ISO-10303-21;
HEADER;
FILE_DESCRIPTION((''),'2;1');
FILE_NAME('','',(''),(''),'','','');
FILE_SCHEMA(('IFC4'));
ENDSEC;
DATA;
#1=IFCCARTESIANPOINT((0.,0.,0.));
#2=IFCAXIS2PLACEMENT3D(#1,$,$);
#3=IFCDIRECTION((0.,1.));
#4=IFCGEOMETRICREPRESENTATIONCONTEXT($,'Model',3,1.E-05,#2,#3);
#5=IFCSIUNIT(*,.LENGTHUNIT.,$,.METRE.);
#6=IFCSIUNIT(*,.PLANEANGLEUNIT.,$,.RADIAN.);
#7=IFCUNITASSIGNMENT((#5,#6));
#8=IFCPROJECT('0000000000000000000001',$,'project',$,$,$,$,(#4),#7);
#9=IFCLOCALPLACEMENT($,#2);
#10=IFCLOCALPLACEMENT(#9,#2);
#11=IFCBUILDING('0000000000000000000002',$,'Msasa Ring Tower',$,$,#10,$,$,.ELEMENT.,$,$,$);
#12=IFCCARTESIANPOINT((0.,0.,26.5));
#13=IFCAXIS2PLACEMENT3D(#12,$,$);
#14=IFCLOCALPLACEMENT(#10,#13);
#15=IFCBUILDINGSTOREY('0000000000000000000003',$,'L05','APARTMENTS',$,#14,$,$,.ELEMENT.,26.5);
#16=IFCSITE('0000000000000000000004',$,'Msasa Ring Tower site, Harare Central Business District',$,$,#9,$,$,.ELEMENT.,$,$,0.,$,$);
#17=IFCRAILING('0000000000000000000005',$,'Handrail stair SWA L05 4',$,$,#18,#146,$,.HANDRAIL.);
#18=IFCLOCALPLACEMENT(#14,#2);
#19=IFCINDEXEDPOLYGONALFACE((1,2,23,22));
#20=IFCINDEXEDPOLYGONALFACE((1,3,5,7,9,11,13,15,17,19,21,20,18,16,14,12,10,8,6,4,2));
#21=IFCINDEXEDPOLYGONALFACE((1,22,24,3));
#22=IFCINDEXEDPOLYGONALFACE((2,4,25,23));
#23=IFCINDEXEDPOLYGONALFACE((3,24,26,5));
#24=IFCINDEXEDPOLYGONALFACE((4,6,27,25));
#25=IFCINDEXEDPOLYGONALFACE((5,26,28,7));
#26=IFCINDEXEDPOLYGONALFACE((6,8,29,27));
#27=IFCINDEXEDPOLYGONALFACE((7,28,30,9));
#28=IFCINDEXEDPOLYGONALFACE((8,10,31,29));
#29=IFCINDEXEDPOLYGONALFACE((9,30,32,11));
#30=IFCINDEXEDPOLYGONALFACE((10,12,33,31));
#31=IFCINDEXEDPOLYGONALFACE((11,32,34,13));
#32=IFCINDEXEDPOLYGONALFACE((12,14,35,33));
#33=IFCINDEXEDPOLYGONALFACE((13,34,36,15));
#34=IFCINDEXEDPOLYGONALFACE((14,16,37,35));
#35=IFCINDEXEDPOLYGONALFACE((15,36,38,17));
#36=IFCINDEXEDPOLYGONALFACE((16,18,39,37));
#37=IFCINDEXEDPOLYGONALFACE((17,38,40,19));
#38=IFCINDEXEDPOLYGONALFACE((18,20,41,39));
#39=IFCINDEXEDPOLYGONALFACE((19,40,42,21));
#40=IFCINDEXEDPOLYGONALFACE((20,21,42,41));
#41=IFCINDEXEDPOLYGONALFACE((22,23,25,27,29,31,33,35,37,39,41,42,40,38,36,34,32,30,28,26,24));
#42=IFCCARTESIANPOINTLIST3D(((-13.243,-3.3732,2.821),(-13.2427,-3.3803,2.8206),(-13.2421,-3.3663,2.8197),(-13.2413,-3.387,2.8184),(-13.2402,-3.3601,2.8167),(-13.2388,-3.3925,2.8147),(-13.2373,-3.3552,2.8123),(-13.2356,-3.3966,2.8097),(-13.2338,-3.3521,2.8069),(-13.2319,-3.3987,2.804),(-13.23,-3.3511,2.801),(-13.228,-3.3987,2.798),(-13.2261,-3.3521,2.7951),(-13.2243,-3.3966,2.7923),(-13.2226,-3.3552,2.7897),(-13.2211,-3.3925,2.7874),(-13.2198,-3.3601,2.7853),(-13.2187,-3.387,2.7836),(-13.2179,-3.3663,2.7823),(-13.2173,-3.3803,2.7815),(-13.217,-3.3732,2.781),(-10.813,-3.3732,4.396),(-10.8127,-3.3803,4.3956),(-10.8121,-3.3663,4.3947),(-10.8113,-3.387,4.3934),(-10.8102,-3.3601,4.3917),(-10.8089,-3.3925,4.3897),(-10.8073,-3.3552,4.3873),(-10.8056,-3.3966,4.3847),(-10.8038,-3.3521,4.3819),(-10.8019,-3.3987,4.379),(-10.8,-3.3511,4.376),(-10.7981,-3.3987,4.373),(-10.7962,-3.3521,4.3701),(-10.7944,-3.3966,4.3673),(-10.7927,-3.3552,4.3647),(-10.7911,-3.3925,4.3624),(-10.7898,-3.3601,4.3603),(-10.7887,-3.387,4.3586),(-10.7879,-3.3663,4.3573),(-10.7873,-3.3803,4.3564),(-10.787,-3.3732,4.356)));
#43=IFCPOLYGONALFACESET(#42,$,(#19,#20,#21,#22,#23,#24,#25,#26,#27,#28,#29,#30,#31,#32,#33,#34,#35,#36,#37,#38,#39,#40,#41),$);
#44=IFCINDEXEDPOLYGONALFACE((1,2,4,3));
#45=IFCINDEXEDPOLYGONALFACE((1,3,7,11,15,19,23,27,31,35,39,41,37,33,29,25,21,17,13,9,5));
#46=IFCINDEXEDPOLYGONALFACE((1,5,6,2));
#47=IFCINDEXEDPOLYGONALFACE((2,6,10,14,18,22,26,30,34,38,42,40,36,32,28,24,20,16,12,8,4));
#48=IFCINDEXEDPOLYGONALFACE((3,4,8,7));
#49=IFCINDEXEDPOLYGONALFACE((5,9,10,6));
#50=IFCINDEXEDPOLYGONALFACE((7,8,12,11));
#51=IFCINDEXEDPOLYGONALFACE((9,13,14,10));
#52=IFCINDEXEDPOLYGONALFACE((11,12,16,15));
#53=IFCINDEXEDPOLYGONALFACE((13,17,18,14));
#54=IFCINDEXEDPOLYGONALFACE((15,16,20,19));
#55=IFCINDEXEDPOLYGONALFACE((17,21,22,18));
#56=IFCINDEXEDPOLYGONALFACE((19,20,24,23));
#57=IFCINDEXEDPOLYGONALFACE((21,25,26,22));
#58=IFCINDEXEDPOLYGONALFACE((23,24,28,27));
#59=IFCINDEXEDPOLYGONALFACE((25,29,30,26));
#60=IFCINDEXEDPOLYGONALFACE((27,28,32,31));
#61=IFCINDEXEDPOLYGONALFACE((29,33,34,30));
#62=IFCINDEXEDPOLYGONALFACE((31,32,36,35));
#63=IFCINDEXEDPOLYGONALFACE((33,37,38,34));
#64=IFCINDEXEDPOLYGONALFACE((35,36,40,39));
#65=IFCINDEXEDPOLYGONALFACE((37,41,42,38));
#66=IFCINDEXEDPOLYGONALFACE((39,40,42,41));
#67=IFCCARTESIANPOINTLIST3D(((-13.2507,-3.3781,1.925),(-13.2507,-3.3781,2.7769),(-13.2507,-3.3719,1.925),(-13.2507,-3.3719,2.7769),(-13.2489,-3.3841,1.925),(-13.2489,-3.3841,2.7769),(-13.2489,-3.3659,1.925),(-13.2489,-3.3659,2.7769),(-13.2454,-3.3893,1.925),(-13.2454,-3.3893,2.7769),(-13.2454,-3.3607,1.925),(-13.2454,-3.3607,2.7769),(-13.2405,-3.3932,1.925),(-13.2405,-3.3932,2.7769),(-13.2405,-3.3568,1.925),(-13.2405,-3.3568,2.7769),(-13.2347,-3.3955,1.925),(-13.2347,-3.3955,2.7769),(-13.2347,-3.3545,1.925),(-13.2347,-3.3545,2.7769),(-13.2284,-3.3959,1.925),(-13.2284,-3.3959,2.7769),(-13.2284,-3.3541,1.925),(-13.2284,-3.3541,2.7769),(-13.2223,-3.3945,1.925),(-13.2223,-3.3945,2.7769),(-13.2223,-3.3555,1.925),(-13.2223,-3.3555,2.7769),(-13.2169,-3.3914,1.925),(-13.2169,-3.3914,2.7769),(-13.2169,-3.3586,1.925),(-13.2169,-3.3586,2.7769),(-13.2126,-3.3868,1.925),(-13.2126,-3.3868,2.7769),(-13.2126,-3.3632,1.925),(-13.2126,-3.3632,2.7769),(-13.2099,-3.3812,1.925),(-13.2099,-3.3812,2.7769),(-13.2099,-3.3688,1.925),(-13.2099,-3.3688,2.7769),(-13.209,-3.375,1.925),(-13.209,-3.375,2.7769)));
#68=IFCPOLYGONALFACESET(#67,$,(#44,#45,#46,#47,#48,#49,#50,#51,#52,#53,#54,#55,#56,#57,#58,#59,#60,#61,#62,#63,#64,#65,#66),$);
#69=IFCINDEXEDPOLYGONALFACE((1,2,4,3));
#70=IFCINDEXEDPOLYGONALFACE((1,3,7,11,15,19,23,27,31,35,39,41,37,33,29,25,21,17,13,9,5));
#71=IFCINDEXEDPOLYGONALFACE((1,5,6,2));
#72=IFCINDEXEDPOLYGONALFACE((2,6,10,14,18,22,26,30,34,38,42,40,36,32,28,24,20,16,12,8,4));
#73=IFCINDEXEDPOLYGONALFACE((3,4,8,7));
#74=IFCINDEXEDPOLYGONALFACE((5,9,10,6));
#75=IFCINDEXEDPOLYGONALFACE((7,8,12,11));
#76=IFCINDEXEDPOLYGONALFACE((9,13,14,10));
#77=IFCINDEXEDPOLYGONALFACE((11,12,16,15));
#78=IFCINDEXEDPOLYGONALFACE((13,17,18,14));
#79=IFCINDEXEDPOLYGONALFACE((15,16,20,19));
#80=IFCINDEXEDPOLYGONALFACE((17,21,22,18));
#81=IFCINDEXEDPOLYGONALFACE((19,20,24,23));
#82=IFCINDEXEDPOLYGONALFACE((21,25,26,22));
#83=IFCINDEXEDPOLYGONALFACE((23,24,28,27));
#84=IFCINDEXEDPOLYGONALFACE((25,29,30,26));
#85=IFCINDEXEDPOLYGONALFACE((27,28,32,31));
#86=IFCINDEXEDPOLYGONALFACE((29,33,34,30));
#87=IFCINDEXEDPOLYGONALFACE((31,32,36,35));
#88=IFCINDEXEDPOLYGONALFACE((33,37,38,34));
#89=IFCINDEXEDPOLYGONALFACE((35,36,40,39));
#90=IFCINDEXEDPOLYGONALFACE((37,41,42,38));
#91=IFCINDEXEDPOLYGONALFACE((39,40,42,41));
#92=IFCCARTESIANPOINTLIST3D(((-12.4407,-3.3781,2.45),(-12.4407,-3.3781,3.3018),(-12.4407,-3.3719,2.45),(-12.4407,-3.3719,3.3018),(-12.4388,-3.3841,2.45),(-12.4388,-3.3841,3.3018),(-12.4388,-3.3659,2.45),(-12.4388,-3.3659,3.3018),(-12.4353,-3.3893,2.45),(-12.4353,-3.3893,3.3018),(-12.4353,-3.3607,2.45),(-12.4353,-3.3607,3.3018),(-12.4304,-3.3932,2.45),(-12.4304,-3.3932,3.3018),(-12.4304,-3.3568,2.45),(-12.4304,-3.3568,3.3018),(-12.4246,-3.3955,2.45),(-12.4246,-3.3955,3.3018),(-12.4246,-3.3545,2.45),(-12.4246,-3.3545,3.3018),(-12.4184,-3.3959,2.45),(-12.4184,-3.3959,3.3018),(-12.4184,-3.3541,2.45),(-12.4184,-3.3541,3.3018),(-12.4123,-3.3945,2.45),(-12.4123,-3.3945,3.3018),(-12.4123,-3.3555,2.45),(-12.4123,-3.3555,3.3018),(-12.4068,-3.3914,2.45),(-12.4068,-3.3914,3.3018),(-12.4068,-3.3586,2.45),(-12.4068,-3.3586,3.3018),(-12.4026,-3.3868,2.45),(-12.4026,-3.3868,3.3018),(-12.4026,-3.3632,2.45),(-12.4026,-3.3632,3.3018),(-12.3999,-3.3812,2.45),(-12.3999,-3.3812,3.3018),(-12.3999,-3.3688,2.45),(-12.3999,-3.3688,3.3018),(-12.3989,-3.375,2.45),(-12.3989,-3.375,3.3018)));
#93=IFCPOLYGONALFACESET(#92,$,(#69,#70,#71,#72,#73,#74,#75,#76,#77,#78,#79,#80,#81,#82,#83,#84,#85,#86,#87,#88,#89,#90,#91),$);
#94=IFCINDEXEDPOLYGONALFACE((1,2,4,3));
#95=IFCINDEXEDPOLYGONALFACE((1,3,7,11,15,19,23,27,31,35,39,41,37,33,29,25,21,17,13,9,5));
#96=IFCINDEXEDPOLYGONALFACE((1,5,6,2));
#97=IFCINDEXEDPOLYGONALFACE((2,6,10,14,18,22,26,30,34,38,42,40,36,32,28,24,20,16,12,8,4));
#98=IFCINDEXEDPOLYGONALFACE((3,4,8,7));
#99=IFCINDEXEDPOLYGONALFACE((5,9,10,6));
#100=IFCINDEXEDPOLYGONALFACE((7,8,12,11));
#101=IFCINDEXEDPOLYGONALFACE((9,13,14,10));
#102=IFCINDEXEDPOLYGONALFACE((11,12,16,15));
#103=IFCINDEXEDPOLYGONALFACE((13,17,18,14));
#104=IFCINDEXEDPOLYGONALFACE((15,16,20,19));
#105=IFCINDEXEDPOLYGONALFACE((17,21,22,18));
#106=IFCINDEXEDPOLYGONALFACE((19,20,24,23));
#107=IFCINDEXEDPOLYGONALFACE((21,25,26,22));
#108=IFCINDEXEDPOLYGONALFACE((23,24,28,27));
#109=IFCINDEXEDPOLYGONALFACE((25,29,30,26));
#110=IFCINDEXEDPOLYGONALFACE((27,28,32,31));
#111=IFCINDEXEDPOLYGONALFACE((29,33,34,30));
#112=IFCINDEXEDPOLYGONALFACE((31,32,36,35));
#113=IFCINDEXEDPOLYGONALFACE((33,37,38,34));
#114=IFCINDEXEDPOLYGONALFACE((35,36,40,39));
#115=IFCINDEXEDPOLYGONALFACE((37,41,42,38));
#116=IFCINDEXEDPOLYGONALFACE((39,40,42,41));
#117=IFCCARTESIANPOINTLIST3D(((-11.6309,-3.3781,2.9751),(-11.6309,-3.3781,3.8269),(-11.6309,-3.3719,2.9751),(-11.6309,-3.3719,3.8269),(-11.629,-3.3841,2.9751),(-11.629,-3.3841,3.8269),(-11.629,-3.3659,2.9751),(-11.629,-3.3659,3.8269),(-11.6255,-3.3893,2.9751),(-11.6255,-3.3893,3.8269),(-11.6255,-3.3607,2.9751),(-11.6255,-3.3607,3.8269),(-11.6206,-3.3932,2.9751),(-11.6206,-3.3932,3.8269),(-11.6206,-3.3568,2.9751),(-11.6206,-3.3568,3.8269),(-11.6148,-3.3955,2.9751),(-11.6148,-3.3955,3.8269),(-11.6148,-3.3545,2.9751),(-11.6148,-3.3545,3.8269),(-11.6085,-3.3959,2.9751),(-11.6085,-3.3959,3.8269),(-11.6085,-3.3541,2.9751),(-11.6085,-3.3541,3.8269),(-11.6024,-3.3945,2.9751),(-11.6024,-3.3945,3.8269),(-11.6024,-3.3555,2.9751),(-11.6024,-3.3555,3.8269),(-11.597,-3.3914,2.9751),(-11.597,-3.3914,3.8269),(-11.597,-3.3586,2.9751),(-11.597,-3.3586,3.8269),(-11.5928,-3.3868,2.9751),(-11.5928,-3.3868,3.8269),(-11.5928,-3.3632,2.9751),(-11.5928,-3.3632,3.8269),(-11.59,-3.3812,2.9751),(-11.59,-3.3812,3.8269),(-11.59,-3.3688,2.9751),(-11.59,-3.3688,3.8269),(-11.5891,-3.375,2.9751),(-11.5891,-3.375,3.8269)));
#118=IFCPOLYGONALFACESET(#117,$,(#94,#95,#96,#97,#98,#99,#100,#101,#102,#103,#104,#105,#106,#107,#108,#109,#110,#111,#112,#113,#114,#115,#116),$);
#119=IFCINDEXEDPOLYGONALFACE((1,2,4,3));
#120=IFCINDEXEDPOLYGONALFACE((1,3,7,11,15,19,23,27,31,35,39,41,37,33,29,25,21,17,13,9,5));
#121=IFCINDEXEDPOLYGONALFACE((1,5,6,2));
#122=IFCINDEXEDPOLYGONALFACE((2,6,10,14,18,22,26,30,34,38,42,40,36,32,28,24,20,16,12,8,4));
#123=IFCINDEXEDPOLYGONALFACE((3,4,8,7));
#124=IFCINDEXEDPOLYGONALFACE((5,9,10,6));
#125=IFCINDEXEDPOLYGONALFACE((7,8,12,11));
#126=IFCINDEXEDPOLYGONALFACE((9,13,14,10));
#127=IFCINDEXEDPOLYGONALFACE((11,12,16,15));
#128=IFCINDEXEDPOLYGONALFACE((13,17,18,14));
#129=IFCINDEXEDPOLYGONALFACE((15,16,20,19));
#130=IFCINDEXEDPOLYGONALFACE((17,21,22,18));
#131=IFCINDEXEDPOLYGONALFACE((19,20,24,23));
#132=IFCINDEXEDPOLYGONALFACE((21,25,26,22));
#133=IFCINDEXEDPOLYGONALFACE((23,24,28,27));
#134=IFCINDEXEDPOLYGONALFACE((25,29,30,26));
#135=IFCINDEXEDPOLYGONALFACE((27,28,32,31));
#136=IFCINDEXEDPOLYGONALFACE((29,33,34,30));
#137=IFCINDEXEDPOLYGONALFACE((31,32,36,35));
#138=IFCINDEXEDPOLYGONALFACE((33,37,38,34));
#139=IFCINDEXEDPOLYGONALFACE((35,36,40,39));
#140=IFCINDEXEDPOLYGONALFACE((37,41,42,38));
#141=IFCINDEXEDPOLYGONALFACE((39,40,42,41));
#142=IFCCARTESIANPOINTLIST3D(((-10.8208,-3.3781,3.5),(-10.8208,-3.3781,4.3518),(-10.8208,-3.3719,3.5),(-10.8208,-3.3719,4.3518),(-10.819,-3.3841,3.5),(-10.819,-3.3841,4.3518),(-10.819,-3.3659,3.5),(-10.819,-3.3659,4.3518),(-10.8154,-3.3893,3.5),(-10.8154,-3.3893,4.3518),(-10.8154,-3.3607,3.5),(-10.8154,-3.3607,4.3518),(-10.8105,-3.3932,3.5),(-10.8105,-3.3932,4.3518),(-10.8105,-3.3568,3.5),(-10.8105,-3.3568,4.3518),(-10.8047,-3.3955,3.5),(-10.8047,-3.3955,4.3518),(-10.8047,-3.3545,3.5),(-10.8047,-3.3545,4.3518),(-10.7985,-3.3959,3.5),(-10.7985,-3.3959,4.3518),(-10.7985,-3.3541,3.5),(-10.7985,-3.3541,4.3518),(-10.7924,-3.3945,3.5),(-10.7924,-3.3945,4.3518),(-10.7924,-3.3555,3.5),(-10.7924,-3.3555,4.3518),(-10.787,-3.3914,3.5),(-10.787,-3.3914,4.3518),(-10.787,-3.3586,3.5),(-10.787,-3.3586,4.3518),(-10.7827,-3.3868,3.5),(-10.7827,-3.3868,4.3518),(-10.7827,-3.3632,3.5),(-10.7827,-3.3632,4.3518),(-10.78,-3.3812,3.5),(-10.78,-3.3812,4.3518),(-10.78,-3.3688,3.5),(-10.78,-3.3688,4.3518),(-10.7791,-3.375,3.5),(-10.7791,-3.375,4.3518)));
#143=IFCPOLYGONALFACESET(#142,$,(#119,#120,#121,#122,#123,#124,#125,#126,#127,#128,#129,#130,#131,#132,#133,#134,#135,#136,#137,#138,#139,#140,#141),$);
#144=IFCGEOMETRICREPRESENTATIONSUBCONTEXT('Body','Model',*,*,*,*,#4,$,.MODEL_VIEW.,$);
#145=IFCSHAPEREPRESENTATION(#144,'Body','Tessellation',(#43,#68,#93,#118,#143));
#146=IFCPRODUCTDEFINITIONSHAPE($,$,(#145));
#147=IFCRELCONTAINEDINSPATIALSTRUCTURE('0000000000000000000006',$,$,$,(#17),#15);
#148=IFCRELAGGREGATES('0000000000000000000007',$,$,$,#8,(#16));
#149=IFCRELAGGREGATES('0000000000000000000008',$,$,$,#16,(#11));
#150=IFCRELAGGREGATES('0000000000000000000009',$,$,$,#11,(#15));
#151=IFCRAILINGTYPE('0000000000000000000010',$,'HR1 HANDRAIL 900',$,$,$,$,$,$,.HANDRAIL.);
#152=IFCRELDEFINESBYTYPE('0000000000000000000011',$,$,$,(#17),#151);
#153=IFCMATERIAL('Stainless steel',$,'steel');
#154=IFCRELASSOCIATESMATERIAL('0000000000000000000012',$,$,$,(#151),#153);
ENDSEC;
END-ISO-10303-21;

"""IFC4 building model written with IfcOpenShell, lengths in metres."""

from ifc_helpers import new_model, si_unit, direction, frame, origin, origin_2d, place, context, subcontext, project, spatial, circle, extrude, material, type_object, element, save


model = new_model("IFC4")

# Units and contexts
model_context = context("Model", 3, precision=1e-05, world=origin(), true_north=direction((0.0, 1.0)))
body_context = subcontext(model_context, "Body", "Model", "MODEL_VIEW")
ifc_project = project(units=[si_unit("LENGTHUNIT", "METRE"), si_unit("PLANEANGLEUNIT", "RADIAN")], contexts=[model_context])

# Site, building, storey
site_placement = place(None, origin())
site = spatial("IfcSite", under=ifc_project, at=site_placement, Name="Msasa Ring Tower site, Harare Central Business District", CompositionType="ELEMENT", RefElevation=0.0)
building_placement = place(site_placement, origin())
building = spatial("IfcBuilding", under=site, at=building_placement, Name="Msasa Ring Tower", CompositionType="ELEMENT")
storey_placement = place(building_placement, frame((0.0, 0.0, 26.5)))
storey = spatial("IfcBuildingStorey", under=building, at=storey_placement, Name="L05", Description="APARTMENTS", CompositionType="ELEMENT", Elevation=26.5)

# Railing
ifc_material_1 = material(Name="Stainless steel", Category="steel")
railing_type = type_object("IfcRailingType", Name="HR1 HANDRAIL 900", PredefinedType="HANDRAIL", material=ifc_material_1)
for number, where, name in (
    (1, (-13.23, -3.375, 1.925), "Handrail stair SWA L05 4"),
):
    element("IfcRailing", number, at=place(storey_placement, frame(where)), inside=storey, type_object=railing_type, Name=name, PredefinedType="HANDRAIL", context=body_context, shape_type="SweptSolid", body=[
        extrude(circle(Radius=0.0239, at=origin_2d()), frame((0.0, 0.0, 0.876), z_axis=(0.839154, 0.0, 0.543894), x_axis=(0.0, 1.0, 0.0)), (0.0, 0.0, 1.0), 2.8958),
        extrude(circle(Radius=0.021, at=origin_2d()), origin(), (0.0, 0.0, 1.0), 0.8518),
        extrude(circle(Radius=0.021, at=origin_2d()), frame((0.8101, 0.0, 0.5249)), (0.0, 0.0, 1.0), 0.8518),
        extrude(circle(Radius=0.021, at=origin_2d()), frame((1.6199, 0.0, 1.05)), (0.0, 0.0, 1.0), 0.8518),
        extrude(circle(Radius=0.021, at=origin_2d()), frame((2.4299, 0.0, 1.575)), (0.0, 0.0, 1.0), 0.8518),
    ])

save(model, "model.ifc")
